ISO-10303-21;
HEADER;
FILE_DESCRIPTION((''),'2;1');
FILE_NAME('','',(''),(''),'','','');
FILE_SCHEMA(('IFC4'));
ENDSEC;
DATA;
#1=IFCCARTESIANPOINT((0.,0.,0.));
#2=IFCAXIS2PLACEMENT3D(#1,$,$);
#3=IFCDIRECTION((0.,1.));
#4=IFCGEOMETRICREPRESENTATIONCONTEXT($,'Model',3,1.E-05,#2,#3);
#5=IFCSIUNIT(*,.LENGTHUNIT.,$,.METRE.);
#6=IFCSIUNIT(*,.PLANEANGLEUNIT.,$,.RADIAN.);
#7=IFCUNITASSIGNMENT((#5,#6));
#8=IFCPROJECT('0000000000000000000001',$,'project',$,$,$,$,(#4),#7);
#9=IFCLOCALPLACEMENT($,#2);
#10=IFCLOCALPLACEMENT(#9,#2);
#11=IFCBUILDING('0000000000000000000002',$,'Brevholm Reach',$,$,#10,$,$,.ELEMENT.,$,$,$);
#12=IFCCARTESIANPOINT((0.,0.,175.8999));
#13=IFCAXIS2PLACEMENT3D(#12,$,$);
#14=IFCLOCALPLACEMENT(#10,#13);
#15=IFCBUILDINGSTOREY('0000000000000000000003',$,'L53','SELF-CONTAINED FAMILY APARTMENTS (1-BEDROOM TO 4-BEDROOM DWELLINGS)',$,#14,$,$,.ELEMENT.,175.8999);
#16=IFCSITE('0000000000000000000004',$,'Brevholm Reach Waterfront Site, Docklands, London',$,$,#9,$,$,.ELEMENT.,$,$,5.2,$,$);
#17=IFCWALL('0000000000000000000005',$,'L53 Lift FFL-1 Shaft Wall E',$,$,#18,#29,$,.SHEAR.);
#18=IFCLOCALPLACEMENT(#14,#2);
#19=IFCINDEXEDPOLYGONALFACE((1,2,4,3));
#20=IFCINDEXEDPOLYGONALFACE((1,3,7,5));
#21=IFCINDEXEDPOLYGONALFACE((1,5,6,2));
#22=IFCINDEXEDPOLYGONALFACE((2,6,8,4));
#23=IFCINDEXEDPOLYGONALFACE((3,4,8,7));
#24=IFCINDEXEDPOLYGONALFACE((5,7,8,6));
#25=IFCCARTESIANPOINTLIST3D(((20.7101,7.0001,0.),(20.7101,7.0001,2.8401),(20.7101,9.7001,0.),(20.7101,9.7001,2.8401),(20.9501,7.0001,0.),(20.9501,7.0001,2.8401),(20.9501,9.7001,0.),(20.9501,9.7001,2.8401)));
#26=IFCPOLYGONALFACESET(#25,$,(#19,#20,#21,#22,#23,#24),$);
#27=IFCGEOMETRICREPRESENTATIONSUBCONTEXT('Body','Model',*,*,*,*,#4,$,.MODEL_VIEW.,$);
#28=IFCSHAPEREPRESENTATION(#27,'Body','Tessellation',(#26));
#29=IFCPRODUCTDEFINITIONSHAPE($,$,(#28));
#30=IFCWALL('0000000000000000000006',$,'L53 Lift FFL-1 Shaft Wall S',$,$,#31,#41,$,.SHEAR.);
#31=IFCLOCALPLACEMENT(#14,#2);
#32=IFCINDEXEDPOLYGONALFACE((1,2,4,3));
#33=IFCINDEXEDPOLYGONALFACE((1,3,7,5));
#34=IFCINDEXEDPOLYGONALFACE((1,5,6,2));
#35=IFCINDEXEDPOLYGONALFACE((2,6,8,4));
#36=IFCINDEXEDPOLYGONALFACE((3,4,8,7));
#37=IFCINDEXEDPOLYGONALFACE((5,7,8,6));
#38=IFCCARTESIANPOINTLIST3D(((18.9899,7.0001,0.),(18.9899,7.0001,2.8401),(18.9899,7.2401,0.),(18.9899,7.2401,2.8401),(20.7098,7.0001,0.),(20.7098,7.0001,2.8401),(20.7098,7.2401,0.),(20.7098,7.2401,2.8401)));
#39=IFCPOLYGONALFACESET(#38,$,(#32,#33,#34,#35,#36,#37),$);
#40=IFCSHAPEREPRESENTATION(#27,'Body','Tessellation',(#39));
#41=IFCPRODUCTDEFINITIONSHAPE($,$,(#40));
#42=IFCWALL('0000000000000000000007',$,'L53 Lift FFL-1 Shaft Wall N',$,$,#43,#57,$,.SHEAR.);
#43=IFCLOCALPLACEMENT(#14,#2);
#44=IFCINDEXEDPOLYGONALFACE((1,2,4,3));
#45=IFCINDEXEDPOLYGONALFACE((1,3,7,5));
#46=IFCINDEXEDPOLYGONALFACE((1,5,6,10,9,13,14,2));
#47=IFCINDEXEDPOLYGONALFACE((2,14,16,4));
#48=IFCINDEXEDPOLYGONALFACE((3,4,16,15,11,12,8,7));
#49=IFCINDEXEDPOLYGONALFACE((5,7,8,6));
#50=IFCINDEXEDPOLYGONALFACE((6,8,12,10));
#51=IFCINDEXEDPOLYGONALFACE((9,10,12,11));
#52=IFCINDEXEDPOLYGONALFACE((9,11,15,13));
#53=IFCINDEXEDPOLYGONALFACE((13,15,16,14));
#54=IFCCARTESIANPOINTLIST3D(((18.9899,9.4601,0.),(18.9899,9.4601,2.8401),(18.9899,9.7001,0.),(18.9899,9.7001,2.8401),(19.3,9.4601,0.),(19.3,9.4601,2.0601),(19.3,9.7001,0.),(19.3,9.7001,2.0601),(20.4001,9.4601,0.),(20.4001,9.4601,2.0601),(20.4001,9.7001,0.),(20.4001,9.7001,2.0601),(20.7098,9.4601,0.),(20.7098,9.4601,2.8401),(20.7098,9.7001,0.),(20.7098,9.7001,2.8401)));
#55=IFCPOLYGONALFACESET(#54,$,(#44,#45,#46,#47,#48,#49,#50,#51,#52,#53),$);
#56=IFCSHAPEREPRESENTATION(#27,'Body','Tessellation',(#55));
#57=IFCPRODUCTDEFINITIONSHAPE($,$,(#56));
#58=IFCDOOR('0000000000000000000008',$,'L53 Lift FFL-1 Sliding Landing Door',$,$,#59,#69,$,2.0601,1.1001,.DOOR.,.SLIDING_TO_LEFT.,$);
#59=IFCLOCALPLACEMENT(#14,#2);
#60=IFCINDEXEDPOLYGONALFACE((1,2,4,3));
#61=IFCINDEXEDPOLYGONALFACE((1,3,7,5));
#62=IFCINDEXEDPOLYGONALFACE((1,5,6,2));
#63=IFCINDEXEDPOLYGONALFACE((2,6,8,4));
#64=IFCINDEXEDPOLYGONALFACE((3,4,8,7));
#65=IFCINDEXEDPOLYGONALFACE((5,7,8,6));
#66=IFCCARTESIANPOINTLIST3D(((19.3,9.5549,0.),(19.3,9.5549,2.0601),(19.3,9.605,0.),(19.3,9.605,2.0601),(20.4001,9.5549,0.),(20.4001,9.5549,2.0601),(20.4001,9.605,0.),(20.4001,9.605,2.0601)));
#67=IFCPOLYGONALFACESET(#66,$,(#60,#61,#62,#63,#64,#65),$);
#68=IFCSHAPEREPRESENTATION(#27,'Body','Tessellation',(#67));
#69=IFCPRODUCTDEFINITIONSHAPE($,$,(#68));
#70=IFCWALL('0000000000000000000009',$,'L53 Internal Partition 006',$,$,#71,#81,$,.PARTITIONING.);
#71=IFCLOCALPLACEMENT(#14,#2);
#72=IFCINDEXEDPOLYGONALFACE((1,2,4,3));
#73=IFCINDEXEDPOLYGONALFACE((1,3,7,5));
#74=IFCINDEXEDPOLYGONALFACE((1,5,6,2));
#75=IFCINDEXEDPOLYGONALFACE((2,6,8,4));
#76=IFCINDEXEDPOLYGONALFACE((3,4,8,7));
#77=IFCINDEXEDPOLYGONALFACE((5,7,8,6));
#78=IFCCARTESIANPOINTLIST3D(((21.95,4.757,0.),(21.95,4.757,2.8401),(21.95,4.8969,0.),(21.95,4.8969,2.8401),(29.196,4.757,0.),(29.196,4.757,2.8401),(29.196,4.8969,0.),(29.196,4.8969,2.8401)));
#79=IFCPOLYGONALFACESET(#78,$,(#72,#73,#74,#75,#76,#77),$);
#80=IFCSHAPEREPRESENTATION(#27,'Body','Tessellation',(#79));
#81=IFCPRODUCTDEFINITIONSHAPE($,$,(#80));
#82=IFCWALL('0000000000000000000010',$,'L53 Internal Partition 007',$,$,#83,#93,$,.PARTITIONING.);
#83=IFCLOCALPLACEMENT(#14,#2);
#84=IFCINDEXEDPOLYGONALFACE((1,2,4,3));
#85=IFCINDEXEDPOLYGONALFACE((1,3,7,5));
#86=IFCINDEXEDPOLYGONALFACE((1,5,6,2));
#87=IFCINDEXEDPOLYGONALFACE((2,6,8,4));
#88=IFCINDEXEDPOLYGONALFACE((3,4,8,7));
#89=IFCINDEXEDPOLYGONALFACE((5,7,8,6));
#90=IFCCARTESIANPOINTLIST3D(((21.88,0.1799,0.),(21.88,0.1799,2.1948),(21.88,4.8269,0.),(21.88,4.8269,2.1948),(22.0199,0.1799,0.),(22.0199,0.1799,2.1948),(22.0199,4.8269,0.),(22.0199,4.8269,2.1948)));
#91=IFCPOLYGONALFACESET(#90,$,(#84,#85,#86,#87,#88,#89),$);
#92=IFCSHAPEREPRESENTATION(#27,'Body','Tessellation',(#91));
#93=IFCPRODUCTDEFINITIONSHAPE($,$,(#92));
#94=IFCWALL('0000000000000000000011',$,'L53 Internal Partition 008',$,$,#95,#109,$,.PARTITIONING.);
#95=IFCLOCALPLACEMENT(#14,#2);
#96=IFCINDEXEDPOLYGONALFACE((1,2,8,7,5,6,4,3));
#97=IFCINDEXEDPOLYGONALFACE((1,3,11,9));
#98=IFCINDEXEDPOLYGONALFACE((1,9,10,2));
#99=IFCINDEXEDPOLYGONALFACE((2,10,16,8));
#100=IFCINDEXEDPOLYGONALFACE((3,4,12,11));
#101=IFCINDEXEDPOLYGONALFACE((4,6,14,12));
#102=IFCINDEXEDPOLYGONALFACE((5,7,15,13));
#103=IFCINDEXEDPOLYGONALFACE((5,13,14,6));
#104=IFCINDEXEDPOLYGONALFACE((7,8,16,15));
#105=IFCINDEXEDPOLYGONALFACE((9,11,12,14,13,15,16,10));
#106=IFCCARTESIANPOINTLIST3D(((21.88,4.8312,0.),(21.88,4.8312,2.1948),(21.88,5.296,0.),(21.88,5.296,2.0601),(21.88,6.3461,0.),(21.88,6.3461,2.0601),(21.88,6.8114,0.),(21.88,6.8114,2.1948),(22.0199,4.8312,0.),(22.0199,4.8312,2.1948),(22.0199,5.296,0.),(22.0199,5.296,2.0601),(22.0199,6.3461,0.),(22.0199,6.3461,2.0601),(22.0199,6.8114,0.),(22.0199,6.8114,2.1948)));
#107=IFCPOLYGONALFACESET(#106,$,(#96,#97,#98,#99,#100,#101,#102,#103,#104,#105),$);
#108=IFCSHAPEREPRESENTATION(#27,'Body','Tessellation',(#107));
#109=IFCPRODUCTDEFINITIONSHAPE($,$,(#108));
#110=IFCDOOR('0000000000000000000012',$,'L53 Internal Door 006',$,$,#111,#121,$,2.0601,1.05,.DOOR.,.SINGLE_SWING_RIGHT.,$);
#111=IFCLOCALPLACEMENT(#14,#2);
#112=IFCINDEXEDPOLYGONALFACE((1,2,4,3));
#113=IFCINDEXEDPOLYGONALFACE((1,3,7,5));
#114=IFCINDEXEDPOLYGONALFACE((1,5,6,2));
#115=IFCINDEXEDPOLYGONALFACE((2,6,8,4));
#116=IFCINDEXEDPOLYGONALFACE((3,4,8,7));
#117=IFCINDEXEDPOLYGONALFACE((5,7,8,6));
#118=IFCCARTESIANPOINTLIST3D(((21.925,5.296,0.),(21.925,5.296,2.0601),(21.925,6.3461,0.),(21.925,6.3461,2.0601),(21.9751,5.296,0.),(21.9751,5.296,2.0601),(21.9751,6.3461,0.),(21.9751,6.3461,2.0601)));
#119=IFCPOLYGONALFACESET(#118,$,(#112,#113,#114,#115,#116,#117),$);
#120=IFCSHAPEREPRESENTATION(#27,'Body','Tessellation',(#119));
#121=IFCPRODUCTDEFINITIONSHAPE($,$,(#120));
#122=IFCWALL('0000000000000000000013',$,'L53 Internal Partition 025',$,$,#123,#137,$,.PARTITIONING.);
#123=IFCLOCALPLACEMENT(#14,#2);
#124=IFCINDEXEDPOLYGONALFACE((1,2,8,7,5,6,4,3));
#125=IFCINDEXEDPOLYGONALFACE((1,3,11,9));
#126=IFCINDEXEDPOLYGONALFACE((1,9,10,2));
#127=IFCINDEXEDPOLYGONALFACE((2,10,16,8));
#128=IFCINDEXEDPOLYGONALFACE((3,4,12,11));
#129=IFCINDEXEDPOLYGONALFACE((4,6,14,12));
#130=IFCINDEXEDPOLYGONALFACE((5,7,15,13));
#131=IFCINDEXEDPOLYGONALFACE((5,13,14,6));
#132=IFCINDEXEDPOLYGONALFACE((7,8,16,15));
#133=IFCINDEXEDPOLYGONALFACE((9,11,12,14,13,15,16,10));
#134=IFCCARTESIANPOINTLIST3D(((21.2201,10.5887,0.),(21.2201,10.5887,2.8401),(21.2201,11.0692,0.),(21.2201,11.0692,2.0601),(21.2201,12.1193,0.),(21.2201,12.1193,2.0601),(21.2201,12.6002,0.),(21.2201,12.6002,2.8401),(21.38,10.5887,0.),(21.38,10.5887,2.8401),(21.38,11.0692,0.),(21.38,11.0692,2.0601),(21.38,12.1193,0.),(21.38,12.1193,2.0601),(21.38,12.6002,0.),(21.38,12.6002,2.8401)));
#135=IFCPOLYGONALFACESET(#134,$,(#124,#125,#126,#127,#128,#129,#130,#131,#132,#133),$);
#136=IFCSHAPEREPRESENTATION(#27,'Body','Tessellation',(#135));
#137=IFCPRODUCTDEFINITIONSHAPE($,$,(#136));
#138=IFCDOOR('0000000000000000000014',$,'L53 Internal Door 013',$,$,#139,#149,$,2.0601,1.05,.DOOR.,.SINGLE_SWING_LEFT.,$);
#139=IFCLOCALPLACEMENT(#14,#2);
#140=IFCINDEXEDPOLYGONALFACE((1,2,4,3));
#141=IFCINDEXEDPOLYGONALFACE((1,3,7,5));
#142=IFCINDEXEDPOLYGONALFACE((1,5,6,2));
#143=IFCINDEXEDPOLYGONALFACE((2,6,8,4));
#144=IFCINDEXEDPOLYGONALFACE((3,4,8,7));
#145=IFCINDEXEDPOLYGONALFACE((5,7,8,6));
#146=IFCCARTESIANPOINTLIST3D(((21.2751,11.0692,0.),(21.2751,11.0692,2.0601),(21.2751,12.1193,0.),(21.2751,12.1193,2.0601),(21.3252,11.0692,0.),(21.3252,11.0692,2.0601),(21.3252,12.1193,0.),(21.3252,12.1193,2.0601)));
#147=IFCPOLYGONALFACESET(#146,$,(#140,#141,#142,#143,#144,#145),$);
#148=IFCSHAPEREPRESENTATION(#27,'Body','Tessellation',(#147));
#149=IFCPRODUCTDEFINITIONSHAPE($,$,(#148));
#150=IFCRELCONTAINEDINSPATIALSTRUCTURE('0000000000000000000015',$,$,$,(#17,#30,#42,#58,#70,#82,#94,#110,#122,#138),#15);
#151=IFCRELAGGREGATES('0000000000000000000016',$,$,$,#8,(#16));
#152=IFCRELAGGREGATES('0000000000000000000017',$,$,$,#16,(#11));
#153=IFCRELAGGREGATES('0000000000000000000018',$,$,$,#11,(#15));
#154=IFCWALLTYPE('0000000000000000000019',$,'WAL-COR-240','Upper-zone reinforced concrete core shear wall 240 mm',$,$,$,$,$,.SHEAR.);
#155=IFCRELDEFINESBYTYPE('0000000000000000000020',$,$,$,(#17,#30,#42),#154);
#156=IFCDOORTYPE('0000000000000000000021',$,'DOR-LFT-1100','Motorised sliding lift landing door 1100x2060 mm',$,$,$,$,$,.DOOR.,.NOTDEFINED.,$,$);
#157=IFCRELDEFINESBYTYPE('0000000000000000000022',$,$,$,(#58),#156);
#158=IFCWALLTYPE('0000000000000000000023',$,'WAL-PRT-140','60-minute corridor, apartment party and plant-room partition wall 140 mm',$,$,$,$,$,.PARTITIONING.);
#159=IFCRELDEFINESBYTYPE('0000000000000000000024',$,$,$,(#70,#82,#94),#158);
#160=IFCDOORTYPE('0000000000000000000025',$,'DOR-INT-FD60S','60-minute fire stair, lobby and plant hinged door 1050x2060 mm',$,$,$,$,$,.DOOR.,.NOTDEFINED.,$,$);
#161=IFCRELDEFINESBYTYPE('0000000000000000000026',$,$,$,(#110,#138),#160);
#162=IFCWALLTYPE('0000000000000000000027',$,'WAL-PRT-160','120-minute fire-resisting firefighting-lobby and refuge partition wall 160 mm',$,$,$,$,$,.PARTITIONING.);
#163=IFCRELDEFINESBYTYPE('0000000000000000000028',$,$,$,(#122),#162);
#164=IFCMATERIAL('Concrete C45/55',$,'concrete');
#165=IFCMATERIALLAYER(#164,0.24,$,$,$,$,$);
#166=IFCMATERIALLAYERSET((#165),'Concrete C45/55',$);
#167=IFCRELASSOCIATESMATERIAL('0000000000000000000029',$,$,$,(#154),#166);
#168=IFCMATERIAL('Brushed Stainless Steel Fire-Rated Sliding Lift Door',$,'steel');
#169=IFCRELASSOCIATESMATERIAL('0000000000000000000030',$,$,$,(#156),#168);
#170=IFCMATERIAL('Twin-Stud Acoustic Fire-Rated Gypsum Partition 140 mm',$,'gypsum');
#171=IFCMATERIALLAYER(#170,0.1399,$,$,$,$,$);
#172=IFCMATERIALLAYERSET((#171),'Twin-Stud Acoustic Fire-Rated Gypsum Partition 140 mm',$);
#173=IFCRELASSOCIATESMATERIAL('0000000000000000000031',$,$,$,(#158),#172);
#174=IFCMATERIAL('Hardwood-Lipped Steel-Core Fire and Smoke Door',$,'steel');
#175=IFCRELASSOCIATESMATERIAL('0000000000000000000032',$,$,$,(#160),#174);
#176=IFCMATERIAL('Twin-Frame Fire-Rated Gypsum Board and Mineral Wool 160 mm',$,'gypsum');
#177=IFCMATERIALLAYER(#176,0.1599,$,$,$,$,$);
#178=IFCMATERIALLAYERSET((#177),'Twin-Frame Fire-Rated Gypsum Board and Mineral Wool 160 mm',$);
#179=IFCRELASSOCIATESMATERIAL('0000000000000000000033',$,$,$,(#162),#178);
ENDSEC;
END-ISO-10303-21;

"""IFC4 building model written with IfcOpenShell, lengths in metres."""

from ifc_helpers import new_model, si_unit, direction, frame, frame_2d, origin, place, context, subcontext, project, spatial, rectangle, extrude, material, layer, layer_set, type_object, element, fill, save


model = new_model("IFC4")

# Units and contexts
model_context = context("Model", 3, precision=1e-05, world=origin(), true_north=direction((0.0, 1.0)))
body_context = subcontext(model_context, "Body", "Model", "MODEL_VIEW")
ifc_project = project(units=[si_unit("LENGTHUNIT", "METRE"), si_unit("PLANEANGLEUNIT", "RADIAN")], contexts=[model_context])

# Site, building, storey
site_placement = place(None, origin())
site = spatial("IfcSite", under=ifc_project, at=site_placement, Name="Brevholm Reach Waterfront Site, Docklands, London", CompositionType="ELEMENT", RefElevation=5.2)
building_placement = place(site_placement, origin())
building = spatial("IfcBuilding", under=site, at=building_placement, Name="Brevholm Reach", CompositionType="ELEMENT")
storey_placement = place(building_placement, frame((0.0, 0.0, 175.8999)))
storey = spatial("IfcBuildingStorey", under=building, at=storey_placement, Name="L53", Description="SELF-CONTAINED FAMILY APARTMENTS (1-BEDROOM TO 4-BEDROOM DWELLINGS)", CompositionType="ELEMENT", Elevation=175.8999)

# Walls
ifc_material_1 = material(Name="Concrete C45/55", Category="concrete")
ifc_layer_1 = layer(ifc_material_1, 0.24)
ifc_layer_set_1 = layer_set([ifc_layer_1], Name="Concrete C45/55")
wall_type_1 = type_object("IfcWallType", Name="WAL-COR-240", Description="Upper-zone reinforced concrete core shear wall 240 mm", PredefinedType="SHEAR", material=ifc_layer_set_1)
for number, where, z_axis, x_axis, name in (
    (1, (20.8301, 7.0, 0.0), (0.0, 0.0, 1.0), (0.0, 1.0, 0.0), "L53 Lift FFL-1 Shaft Wall E"),
):
    element("IfcWall", number, at=place(storey_placement, frame(where, z_axis=z_axis, x_axis=x_axis)), inside=storey, type_object=wall_type_1, Name=name, PredefinedType="SHEAR", context=body_context, shape_type="SweptSolid", body=[
        extrude(rectangle(XDim=2.7, YDim=0.24, at=frame_2d((1.3501, 0.0))), origin(), (0.0, 0.0, 1.0), 2.8401),
    ])
wall_1_placement = place(storey_placement, frame((18.99, 7.1201, 0.0), z_axis=(0.0, 0.0, 1.0), x_axis=(1.0, 0.0, 0.0)))
element("IfcWall", 2, at=wall_1_placement, inside=storey, type_object=wall_type_1, Name="L53 Lift FFL-1 Shaft Wall S", PredefinedType="SHEAR", context=body_context, shape_type="SweptSolid", body=[
    extrude(rectangle(XDim=1.72, YDim=0.24, at=frame_2d((0.8599, 0.0))), origin(), (0.0, 0.0, 1.0), 2.8401),
])

# Wall, opening, door
wall_2_placement = place(storey_placement, frame((18.99, 9.5801, 0.0), z_axis=(0.0, 0.0, 1.0), x_axis=(1.0, 0.0, 0.0)))
wall_2 = element("IfcWall", 3, at=wall_2_placement, inside=storey, type_object=wall_type_1, Name="L53 Lift FFL-1 Shaft Wall N", PredefinedType="SHEAR", context=body_context, shape_type="SweptSolid", body=[
    extrude(rectangle(XDim=1.72, YDim=0.24, at=frame_2d((0.8599, 0.0))), origin(), (0.0, 0.0, 1.0), 2.8401),
])
opening_1_placement = place(wall_2_placement, frame((0.3101, 0.0, 0.0)))
opening_1 = element("IfcOpeningElement", 4, at=opening_1_placement, cuts=wall_2, PredefinedType="OPENING", context=body_context, shape_type="SweptSolid", body=[
    extrude(rectangle(XDim=1.1001, YDim=2.0601, at=frame_2d((0.55, 1.03))), frame((0.0, 0.1299, 0.0), z_axis=(0.0, -1.0, 0.0), x_axis=(1.0, 0.0, 0.0)), (0.0, 0.0, 1.0), 0.26),
])
ifc_material_2 = material(Name="Brushed Stainless Steel Fire-Rated Sliding Lift Door", Category="steel")
door_type_1 = type_object("IfcDoorType", Name="DOR-LFT-1100", Description="Motorised sliding lift landing door 1100x2060 mm", OperationType="NOTDEFINED", PredefinedType="DOOR", material=ifc_material_2)
door_1_placement = place(opening_1_placement, origin())
door_1 = element("IfcDoor", 5, at=door_1_placement, inside=storey, type_object=door_type_1, Name="L53 Lift FFL-1 Sliding Landing Door", OperationType="SLIDING_TO_LEFT", OverallHeight=2.0601, OverallWidth=1.1001, PredefinedType="DOOR", context=body_context, shape_type="SweptSolid", body=[
    extrude(rectangle(XDim=1.1001, YDim=2.0601, at=frame_2d((0.55, 1.03))), frame((0.0, 0.0249, 0.0), z_axis=(0.0, -1.0, 0.0), x_axis=(1.0, 0.0, 0.0)), (0.0, 0.0, 1.0), 0.05),
])
fill(opening_1, door_1)

# Walls
ifc_material_3 = material(Name="Twin-Stud Acoustic Fire-Rated Gypsum Partition 140 mm", Category="gypsum")
ifc_layer_2 = layer(ifc_material_3, 0.1399)
ifc_layer_set_2 = layer_set([ifc_layer_2], Name="Twin-Stud Acoustic Fire-Rated Gypsum Partition 140 mm")
wall_type_2 = type_object("IfcWallType", Name="WAL-PRT-140", Description="60-minute corridor, apartment party and plant-room partition wall 140 mm", PredefinedType="PARTITIONING", material=ifc_layer_set_2)
wall_3_placement = place(storey_placement, frame((21.95, 4.8269, 0.0), z_axis=(0.0, 0.0, 1.0), x_axis=(1.0, 0.0, 0.0)))
element("IfcWall", 6, at=wall_3_placement, inside=storey, type_object=wall_type_2, Name="L53 Internal Partition 006", PredefinedType="PARTITIONING", context=body_context, shape_type="SweptSolid", body=[
    extrude(rectangle(XDim=7.2461, YDim=0.1399, at=frame_2d((3.623, 0.0))), origin(), (0.0, 0.0, 1.0), 2.8401),
])
wall_4_placement = place(storey_placement, frame((21.95, 0.1799, 0.0), z_axis=(0.0, 0.0, 1.0), x_axis=(0.0, 1.0, 0.0)))
element("IfcWall", 7, at=wall_4_placement, inside=storey, type_object=wall_type_2, Name="L53 Internal Partition 007", PredefinedType="PARTITIONING", context=body_context, shape_type="SweptSolid", body=[
    extrude(rectangle(XDim=4.647, YDim=0.1399, at=frame_2d((2.3235, 0.0))), origin(), (0.0, 0.0, 1.0), 2.1948),
])

# Walls, openings, doors
wall_5_placement = place(storey_placement, frame((21.95, 4.8311, 0.0), z_axis=(0.0, 0.0, 1.0), x_axis=(0.0, 1.0, 0.0)))
wall_5 = element("IfcWall", 8, at=wall_5_placement, inside=storey, type_object=wall_type_2, Name="L53 Internal Partition 008", PredefinedType="PARTITIONING", context=body_context, shape_type="SweptSolid", body=[
    extrude(rectangle(XDim=1.9802, YDim=0.1399, at=frame_2d((0.9902, 0.0))), origin(), (0.0, 0.0, 1.0), 2.1948),
])
opening_2_placement = place(wall_5_placement, frame((0.4651, 0.0, 0.0)))
opening_2 = element("IfcOpeningElement", 9, at=opening_2_placement, cuts=wall_5, PredefinedType="OPENING", context=body_context, shape_type="SweptSolid", body=[
    extrude(rectangle(XDim=1.05, YDim=2.0601, at=frame_2d((0.5249, 1.03))), frame((0.0, 0.0798, 0.0), z_axis=(0.0, -1.0, 0.0), x_axis=(1.0, 0.0, 0.0)), (0.0, 0.0, 1.0), 0.1599),
])
ifc_material_4 = material(Name="Hardwood-Lipped Steel-Core Fire and Smoke Door", Category="steel")
door_type_2 = type_object("IfcDoorType", Name="DOR-INT-FD60S", Description="60-minute fire stair, lobby and plant hinged door 1050x2060 mm", OperationType="NOTDEFINED", PredefinedType="DOOR", material=ifc_material_4)
door_2_placement = place(opening_2_placement, origin())
door_2 = element("IfcDoor", 10, at=door_2_placement, inside=storey, type_object=door_type_2, Name="L53 Internal Door 006", OperationType="SINGLE_SWING_RIGHT", OverallHeight=2.0601, OverallWidth=1.05, PredefinedType="DOOR", context=body_context, shape_type="SweptSolid", body=[
    extrude(rectangle(XDim=1.05, YDim=2.0601, at=frame_2d((0.5249, 1.03))), frame((0.0, 0.0249, 0.0), z_axis=(0.0, -1.0, 0.0), x_axis=(1.0, 0.0, 0.0)), (0.0, 0.0, 1.0), 0.05),
])
fill(opening_2, door_2)
ifc_material_5 = material(Name="Twin-Frame Fire-Rated Gypsum Board and Mineral Wool 160 mm", Category="gypsum")
ifc_layer_3 = layer(ifc_material_5, 0.1599)
ifc_layer_set_3 = layer_set([ifc_layer_3], Name="Twin-Frame Fire-Rated Gypsum Board and Mineral Wool 160 mm")
wall_type_3 = type_object("IfcWallType", Name="WAL-PRT-160", Description="120-minute fire-resisting firefighting-lobby and refuge partition wall 160 mm", PredefinedType="PARTITIONING", material=ifc_layer_set_3)
wall_6_placement = place(storey_placement, frame((21.3, 10.5886, 0.0), z_axis=(0.0, 0.0, 1.0), x_axis=(0.0, 1.0, 0.0)))
wall_6 = element("IfcWall", 11, at=wall_6_placement, inside=storey, type_object=wall_type_3, Name="L53 Internal Partition 025", PredefinedType="PARTITIONING", context=body_context, shape_type="SweptSolid", body=[
    extrude(rectangle(XDim=2.0115, YDim=0.1599, at=frame_2d((1.0059, 0.0))), origin(), (0.0, 0.0, 1.0), 2.8401),
])
opening_3_placement = place(wall_6_placement, frame((0.4807, 0.0, 0.0)))
opening_3 = element("IfcOpeningElement", 12, at=opening_3_placement, cuts=wall_6, PredefinedType="OPENING", context=body_context, shape_type="SweptSolid", body=[
    extrude(rectangle(XDim=1.05, YDim=2.0601, at=frame_2d((0.5249, 1.03))), frame((0.0, 0.0898, 0.0), z_axis=(0.0, -1.0, 0.0), x_axis=(1.0, 0.0, 0.0)), (0.0, 0.0, 1.0), 0.1799),
])
door_3_placement = place(opening_3_placement, origin())
door_3 = element("IfcDoor", 13, at=door_3_placement, inside=storey, type_object=door_type_2, Name="L53 Internal Door 013", OperationType="SINGLE_SWING_LEFT", OverallHeight=2.0601, OverallWidth=1.05, PredefinedType="DOOR", context=body_context, shape_type="SweptSolid", body=[
    extrude(rectangle(XDim=1.05, YDim=2.0601, at=frame_2d((0.5249, 1.03))), frame((0.0, 0.0249, 0.0), z_axis=(0.0, -1.0, 0.0), x_axis=(1.0, 0.0, 0.0)), (0.0, 0.0, 1.0), 0.05),
])
fill(opening_3, door_3)

save(model, "model.ifc")
